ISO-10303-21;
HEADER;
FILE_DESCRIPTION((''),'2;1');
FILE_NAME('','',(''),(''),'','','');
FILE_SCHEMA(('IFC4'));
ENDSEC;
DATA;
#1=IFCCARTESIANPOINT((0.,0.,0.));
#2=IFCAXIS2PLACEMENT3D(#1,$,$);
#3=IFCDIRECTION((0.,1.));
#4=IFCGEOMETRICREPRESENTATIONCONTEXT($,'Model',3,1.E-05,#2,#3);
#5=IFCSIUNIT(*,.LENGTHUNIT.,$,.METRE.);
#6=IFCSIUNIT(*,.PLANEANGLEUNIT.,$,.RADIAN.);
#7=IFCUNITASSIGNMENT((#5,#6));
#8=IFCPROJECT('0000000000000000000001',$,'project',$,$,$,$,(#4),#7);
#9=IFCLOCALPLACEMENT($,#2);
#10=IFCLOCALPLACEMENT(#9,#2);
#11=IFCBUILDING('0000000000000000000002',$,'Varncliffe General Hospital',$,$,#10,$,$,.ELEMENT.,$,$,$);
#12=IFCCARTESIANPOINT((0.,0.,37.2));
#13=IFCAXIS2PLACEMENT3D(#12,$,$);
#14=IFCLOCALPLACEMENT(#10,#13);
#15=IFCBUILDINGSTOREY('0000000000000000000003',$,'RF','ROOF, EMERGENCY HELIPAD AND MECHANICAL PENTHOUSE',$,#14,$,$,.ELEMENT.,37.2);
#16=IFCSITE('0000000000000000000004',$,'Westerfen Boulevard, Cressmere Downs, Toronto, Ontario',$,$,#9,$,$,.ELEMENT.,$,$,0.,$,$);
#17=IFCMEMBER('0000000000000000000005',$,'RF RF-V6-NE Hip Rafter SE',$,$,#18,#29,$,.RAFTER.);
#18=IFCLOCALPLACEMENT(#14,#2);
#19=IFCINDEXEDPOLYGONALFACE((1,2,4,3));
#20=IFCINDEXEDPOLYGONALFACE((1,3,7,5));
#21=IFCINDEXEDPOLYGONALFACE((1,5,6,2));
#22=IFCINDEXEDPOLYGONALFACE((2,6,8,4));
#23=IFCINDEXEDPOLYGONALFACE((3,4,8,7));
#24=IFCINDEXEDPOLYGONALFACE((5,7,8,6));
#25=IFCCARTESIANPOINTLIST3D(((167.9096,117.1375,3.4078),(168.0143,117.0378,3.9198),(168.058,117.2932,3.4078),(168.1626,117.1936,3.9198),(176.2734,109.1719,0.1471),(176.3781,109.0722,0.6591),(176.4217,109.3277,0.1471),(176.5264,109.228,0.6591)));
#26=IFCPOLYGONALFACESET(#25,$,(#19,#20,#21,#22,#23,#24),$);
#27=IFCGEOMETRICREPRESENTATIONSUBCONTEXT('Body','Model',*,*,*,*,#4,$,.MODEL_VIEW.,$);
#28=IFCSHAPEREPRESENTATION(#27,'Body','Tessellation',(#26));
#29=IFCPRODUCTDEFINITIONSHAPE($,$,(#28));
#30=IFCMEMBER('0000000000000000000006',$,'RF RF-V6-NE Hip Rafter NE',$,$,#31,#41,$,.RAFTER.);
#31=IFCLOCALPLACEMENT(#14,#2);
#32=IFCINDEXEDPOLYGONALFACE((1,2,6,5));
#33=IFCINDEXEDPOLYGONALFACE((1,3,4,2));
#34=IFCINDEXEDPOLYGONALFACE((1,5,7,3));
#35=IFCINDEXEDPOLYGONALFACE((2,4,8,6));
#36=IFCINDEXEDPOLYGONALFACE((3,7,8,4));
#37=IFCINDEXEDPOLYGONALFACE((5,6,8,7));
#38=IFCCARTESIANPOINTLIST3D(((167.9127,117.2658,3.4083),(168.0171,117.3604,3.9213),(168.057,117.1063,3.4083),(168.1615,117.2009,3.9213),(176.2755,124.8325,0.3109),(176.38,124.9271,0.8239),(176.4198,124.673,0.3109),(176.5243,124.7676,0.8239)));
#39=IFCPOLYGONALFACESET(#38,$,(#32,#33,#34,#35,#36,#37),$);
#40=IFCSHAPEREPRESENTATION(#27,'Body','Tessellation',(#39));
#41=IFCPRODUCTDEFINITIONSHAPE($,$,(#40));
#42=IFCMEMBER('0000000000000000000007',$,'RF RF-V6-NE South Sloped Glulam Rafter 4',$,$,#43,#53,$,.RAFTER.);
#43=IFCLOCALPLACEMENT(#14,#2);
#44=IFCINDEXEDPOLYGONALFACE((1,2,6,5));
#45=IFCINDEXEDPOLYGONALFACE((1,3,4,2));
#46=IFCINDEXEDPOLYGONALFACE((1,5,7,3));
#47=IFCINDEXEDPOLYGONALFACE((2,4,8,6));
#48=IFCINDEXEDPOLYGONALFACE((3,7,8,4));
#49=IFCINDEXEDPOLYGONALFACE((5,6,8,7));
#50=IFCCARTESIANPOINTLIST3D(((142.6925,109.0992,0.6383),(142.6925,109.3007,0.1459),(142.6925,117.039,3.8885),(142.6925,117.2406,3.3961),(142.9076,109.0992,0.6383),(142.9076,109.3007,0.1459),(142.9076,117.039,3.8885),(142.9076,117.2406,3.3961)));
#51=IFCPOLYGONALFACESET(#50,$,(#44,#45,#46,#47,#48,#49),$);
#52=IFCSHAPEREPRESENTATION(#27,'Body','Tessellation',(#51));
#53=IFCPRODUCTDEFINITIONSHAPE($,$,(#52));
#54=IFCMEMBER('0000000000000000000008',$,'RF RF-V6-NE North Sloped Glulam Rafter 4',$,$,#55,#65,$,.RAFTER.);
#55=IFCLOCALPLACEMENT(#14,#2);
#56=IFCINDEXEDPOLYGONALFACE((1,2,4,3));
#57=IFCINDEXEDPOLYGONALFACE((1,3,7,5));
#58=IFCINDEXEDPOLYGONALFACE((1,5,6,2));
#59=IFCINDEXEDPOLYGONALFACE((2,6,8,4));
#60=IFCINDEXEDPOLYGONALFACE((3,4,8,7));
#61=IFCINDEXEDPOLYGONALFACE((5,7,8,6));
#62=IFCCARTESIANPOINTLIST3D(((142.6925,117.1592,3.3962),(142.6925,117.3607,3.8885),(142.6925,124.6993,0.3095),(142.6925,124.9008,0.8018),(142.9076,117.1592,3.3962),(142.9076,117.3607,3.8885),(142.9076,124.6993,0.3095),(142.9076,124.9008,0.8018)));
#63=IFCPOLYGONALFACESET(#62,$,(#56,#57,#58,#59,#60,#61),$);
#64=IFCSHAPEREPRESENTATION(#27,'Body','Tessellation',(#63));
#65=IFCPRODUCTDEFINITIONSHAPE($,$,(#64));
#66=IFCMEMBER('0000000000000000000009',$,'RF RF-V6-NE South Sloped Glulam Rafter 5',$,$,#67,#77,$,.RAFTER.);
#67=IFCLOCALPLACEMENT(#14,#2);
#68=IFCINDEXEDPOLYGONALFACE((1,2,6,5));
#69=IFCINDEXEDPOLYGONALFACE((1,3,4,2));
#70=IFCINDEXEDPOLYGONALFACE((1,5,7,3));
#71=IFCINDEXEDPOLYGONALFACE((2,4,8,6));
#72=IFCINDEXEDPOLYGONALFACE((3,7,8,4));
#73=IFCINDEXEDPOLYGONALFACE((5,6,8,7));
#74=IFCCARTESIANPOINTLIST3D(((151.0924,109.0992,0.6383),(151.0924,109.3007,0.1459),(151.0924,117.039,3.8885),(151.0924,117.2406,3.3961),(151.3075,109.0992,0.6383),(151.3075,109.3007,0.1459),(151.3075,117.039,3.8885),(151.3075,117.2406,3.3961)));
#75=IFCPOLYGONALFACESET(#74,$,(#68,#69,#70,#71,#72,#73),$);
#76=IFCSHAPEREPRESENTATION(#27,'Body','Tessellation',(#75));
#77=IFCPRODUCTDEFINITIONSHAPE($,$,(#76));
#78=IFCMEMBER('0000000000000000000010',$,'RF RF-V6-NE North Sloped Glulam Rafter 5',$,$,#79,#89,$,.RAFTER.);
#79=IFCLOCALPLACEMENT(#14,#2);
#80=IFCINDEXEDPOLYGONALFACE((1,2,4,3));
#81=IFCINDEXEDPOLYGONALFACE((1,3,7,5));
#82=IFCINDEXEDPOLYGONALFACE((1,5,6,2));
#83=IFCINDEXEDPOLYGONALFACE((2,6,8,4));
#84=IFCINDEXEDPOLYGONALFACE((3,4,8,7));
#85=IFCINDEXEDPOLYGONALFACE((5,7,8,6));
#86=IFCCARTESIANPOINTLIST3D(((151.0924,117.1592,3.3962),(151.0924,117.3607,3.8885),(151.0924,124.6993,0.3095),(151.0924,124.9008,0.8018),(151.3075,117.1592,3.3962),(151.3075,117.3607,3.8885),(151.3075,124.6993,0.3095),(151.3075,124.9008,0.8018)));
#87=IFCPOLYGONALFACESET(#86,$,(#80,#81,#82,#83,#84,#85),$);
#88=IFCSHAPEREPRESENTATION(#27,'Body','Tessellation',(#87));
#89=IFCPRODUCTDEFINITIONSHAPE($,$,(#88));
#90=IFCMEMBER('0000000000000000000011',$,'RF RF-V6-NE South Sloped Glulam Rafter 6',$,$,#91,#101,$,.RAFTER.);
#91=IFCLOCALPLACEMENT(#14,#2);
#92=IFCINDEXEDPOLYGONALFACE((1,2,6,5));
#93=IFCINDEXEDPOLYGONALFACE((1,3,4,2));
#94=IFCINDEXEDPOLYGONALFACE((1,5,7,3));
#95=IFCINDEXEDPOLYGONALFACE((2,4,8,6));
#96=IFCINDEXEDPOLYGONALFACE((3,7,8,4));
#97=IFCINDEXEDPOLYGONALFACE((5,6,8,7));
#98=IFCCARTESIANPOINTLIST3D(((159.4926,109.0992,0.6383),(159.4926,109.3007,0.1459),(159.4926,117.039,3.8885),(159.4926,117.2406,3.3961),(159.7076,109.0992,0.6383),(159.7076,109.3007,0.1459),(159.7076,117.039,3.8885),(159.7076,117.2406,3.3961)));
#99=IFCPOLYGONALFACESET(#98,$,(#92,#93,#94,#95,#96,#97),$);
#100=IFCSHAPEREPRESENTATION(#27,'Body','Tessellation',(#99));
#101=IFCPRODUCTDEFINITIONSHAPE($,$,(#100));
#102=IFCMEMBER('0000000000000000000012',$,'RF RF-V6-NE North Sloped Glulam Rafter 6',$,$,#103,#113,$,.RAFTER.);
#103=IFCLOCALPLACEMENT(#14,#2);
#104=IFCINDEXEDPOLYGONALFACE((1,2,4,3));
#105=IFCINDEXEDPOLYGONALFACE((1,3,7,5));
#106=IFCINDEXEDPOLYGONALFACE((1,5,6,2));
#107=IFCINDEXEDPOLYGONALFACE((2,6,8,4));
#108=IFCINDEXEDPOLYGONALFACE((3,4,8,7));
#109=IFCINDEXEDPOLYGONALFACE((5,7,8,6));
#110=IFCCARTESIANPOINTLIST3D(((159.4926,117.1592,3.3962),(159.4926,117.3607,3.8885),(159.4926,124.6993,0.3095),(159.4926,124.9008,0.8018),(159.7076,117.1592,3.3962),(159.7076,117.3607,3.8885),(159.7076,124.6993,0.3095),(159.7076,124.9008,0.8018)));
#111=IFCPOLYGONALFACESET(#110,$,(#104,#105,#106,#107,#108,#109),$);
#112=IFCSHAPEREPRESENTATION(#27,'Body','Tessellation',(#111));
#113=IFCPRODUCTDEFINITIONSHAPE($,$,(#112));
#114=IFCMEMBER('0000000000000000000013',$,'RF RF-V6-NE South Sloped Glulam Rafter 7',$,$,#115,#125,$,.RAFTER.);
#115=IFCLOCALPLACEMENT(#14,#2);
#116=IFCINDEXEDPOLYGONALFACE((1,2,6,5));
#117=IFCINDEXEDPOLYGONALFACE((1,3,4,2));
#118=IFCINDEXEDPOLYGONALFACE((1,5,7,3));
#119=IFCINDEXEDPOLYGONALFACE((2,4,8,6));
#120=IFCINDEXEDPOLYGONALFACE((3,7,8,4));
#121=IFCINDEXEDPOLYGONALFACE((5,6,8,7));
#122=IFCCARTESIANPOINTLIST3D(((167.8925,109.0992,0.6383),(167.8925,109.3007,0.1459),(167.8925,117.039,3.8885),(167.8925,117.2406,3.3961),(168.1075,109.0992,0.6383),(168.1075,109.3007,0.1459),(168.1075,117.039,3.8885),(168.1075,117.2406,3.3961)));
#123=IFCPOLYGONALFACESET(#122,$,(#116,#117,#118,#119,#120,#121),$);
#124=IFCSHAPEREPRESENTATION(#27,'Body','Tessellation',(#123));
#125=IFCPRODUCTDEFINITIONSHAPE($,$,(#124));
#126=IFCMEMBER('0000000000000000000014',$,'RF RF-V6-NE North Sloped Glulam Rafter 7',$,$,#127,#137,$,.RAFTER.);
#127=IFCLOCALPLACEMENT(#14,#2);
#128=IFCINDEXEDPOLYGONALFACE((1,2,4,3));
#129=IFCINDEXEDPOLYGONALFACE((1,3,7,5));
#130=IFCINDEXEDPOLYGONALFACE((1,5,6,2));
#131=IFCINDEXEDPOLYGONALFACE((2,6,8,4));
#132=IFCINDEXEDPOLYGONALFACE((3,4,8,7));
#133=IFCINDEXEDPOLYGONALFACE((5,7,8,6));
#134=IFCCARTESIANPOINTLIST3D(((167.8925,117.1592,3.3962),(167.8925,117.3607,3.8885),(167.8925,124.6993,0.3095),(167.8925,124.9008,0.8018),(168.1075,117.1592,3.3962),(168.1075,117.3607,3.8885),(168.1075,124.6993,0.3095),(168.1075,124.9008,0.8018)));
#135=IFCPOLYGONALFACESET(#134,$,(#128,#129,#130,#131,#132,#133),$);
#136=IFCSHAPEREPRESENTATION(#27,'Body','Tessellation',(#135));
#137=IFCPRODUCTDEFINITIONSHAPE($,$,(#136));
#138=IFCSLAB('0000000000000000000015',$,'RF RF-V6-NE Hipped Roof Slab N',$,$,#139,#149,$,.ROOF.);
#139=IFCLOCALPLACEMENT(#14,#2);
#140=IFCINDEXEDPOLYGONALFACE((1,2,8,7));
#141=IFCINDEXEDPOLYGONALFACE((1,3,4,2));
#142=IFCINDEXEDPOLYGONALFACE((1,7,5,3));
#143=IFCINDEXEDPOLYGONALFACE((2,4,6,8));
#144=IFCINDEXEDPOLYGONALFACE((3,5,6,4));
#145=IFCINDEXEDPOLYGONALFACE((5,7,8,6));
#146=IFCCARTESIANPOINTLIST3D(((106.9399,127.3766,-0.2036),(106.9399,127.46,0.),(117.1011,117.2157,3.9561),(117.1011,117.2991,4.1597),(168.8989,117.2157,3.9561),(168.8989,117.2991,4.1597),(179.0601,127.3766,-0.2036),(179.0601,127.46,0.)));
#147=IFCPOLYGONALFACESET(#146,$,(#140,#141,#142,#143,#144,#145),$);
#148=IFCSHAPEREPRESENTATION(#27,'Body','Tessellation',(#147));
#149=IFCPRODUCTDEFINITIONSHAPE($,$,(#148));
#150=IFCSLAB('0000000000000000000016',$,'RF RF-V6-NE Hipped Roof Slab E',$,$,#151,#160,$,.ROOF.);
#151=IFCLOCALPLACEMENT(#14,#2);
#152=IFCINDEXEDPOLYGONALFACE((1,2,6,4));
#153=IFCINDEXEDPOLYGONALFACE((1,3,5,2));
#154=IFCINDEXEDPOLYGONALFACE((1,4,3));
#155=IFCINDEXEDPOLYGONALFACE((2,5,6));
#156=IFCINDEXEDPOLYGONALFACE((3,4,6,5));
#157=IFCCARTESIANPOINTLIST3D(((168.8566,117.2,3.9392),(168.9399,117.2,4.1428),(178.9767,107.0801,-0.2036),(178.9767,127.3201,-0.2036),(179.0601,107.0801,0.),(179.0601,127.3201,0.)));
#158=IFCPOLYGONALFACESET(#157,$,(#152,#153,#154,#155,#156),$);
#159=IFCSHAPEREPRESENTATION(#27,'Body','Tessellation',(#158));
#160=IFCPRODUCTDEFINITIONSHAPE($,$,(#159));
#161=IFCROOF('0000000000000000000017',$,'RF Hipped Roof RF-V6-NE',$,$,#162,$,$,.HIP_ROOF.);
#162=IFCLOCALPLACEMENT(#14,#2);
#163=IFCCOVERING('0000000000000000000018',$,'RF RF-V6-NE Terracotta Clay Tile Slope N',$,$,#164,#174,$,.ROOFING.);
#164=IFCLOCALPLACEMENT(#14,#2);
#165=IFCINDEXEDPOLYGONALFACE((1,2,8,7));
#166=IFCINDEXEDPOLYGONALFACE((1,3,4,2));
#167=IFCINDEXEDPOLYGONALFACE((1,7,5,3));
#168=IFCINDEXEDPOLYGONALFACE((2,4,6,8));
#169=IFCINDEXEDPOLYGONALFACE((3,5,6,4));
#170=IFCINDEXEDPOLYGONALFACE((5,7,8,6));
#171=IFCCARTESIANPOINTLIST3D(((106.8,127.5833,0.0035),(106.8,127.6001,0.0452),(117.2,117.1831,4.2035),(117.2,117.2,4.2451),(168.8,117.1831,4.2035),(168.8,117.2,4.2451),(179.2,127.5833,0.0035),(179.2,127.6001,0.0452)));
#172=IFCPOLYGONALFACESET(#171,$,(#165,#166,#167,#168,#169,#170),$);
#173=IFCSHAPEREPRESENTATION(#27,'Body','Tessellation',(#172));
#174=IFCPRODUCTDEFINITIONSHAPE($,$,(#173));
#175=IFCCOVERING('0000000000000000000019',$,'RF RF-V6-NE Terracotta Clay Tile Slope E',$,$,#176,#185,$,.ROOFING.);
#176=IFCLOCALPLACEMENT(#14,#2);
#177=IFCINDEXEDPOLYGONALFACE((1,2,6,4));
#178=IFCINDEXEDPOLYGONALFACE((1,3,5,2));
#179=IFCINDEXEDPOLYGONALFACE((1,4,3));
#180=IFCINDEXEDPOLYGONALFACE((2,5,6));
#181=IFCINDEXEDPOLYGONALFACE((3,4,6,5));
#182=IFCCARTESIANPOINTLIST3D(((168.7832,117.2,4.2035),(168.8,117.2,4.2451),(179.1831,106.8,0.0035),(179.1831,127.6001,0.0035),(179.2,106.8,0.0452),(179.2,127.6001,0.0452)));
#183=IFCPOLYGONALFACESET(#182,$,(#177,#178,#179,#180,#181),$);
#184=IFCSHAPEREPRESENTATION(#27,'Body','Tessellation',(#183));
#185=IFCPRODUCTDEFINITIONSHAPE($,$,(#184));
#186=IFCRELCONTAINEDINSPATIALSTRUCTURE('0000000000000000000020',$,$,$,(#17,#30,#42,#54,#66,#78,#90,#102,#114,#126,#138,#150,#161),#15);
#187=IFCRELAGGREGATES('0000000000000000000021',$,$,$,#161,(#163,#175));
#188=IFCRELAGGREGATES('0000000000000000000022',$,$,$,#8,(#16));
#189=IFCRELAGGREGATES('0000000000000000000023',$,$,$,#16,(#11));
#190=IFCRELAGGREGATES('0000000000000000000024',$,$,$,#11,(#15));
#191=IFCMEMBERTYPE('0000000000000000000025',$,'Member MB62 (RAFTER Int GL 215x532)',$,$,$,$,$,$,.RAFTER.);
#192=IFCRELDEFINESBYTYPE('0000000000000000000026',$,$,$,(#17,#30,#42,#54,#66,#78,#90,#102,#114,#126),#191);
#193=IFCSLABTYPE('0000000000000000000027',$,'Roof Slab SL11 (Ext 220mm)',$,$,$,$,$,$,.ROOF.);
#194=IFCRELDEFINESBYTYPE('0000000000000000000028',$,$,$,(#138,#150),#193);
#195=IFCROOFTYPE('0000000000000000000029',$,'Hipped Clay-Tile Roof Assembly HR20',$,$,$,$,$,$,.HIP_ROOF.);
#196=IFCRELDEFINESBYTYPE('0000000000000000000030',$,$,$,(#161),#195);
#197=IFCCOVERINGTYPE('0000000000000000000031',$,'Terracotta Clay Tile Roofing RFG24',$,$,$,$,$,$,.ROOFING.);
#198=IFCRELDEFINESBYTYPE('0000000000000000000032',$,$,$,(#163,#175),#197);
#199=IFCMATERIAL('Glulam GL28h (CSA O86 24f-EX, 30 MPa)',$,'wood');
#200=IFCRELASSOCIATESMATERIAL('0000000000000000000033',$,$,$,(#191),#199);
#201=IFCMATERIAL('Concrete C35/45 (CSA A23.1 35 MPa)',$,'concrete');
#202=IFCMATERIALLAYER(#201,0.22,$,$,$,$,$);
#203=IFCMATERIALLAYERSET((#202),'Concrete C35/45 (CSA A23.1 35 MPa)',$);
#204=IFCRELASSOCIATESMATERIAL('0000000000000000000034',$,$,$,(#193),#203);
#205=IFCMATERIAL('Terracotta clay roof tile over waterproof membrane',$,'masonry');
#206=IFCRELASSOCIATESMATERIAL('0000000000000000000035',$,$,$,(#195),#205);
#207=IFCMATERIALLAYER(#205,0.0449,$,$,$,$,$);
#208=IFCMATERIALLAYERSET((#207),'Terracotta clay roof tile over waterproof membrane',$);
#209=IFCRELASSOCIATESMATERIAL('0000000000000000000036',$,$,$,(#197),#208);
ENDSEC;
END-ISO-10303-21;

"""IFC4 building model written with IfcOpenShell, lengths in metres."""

from ifc_helpers import new_model, si_unit, direction, frame, origin, origin_2d, place, context, subcontext, project, spatial, polyline, rectangle, outline, extrude, material, layer, layer_set, material_profile, profile_set, type_object, element, aggregate, save


model = new_model("IFC4")

# Units and contexts
model_context = context("Model", 3, precision=1e-05, world=origin(), true_north=direction((0.0, 1.0)))
body_context = subcontext(model_context, "Body", "Model", "MODEL_VIEW")
ifc_project = project(units=[si_unit("LENGTHUNIT", "METRE"), si_unit("PLANEANGLEUNIT", "RADIAN")], contexts=[model_context])

# Site, building, storey
site_placement = place(None, origin())
site = spatial("IfcSite", under=ifc_project, at=site_placement, Name="Westerfen Boulevard, Cressmere Downs, Toronto, Ontario", CompositionType="ELEMENT", RefElevation=0.0)
building_placement = place(site_placement, origin())
building = spatial("IfcBuilding", under=site, at=building_placement, Name="Varncliffe General Hospital", CompositionType="ELEMENT")
storey_placement = place(building_placement, frame((0.0, 0.0, 37.2)))
storey = spatial("IfcBuildingStorey", under=building, at=storey_placement, Name="RF", Description="ROOF, EMERGENCY HELIPAD AND MECHANICAL PENTHOUSE", CompositionType="ELEMENT", Elevation=37.2)

# Shared definitions
ifc_material_1 = material(Name="Glulam GL28h (CSA O86 24f-EX, 30 MPa)", Category="wood")

# Members
ifc_material_profile_1 = material_profile(ifc_material_1, rectangle(XDim=0.2151, YDim=0.532, at=origin_2d()), Name="GL 215x532")
ifc_profile_set_1 = profile_set([ifc_material_profile_1], Name="Glulam GL28h (CSA O86 24f-EX, 30 MPa)")
member_type_1 = type_object("IfcMemberType", Name="Member MB62 (RAFTER Int GL 215x532)", PredefinedType="RAFTER", material=ifc_profile_set_1)
member_1_placement = place(storey_placement, frame((176.3999, 109.2, 0.4031), z_axis=(-0.696895, 0.663716, 0.271695), x_axis=(-0.689659, -0.724134, 0.0)))
element("IfcMember", 1, at=member_1_placement, inside=storey, type_object=member_type_1, Name="RF RF-V6-NE Hip Rafter SE", PredefinedType="RAFTER", context=body_context, shape_type="SweptSolid", body=[
    extrude(rectangle(XDim=0.2151, YDim=0.532, at=origin_2d()), origin(), (0.0, 0.0, 1.0), 12.0015),
])
member_2_placement = place(storey_placement, frame((176.3999, 124.8, 0.5674), z_axis=(-0.715044, -0.646972, 0.264838), x_axis=(0.670929, -0.741522, 0.0)))
element("IfcMember", 2, at=member_2_placement, inside=storey, type_object=member_type_1, Name="RF RF-V6-NE Hip Rafter NE", PredefinedType="RAFTER", context=body_context, shape_type="SweptSolid", body=[
    extrude(rectangle(XDim=0.2151, YDim=0.532, at=origin_2d()), origin(), (0.0, 0.0, 1.0), 11.6956),
])
member_3_placement = place(storey_placement, frame((142.8, 109.2, 0.3921), z_axis=(0.0, 0.925462, 0.378841), x_axis=(-1.0, 0.0, 0.0)))
element("IfcMember", 3, at=member_3_placement, inside=storey, type_object=member_type_1, Name="RF RF-V6-NE South Sloped Glulam Rafter 4", PredefinedType="RAFTER", context=body_context, shape_type="SweptSolid", body=[
    extrude(rectangle(XDim=0.2151, YDim=0.532, at=origin_2d()), origin(), (0.0, 0.0, 1.0), 8.5793),
])
member_4_placement = place(storey_placement, frame((142.8, 124.8, 0.5557), z_axis=(0.0, -0.925456, 0.378855), x_axis=(1.0, 0.0, 0.0)))
element("IfcMember", 4, at=member_4_placement, inside=storey, type_object=member_type_1, Name="RF RF-V6-NE North Sloped Glulam Rafter 4", PredefinedType="RAFTER", context=body_context, shape_type="SweptSolid", body=[
    extrude(rectangle(XDim=0.2151, YDim=0.532, at=origin_2d()), origin(), (0.0, 0.0, 1.0), 8.1475),
])
member_5_placement = place(storey_placement, frame((151.2, 109.2, 0.3921), z_axis=(0.0, 0.925462, 0.378841), x_axis=(-1.0, 0.0, 0.0)))
element("IfcMember", 5, at=member_5_placement, inside=storey, type_object=member_type_1, Name="RF RF-V6-NE South Sloped Glulam Rafter 5", PredefinedType="RAFTER", context=body_context, shape_type="SweptSolid", body=[
    extrude(rectangle(XDim=0.2151, YDim=0.532, at=origin_2d()), origin(), (0.0, 0.0, 1.0), 8.5793),
])
member_6_placement = place(storey_placement, frame((151.2, 124.8, 0.5557), z_axis=(0.0, -0.925456, 0.378855), x_axis=(1.0, 0.0, 0.0)))
element("IfcMember", 6, at=member_6_placement, inside=storey, type_object=member_type_1, Name="RF RF-V6-NE North Sloped Glulam Rafter 5", PredefinedType="RAFTER", context=body_context, shape_type="SweptSolid", body=[
    extrude(rectangle(XDim=0.2151, YDim=0.532, at=origin_2d()), origin(), (0.0, 0.0, 1.0), 8.1475),
])
member_7_placement = place(storey_placement, frame((159.6001, 109.2, 0.3921), z_axis=(0.0, 0.925462, 0.378841), x_axis=(-1.0, 0.0, 0.0)))
element("IfcMember", 7, at=member_7_placement, inside=storey, type_object=member_type_1, Name="RF RF-V6-NE South Sloped Glulam Rafter 6", PredefinedType="RAFTER", context=body_context, shape_type="SweptSolid", body=[
    extrude(rectangle(XDim=0.2151, YDim=0.532, at=origin_2d()), origin(), (0.0, 0.0, 1.0), 8.5793),
])
member_8_placement = place(storey_placement, frame((159.6001, 124.8, 0.5557), z_axis=(0.0, -0.925456, 0.378855), x_axis=(1.0, 0.0, 0.0)))
element("IfcMember", 8, at=member_8_placement, inside=storey, type_object=member_type_1, Name="RF RF-V6-NE North Sloped Glulam Rafter 6", PredefinedType="RAFTER", context=body_context, shape_type="SweptSolid", body=[
    extrude(rectangle(XDim=0.2151, YDim=0.532, at=origin_2d()), origin(), (0.0, 0.0, 1.0), 8.1475),
])
member_9_placement = place(storey_placement, frame((168.0, 109.2, 0.3921), z_axis=(0.0, 0.925462, 0.378841), x_axis=(-1.0, 0.0, 0.0)))
element("IfcMember", 9, at=member_9_placement, inside=storey, type_object=member_type_1, Name="RF RF-V6-NE South Sloped Glulam Rafter 7", PredefinedType="RAFTER", context=body_context, shape_type="SweptSolid", body=[
    extrude(rectangle(XDim=0.2151, YDim=0.532, at=origin_2d()), origin(), (0.0, 0.0, 1.0), 8.5793),
])
member_10_placement = place(storey_placement, frame((168.0, 124.8, 0.5557), z_axis=(0.0, -0.925456, 0.378855), x_axis=(1.0, 0.0, 0.0)))
element("IfcMember", 10, at=member_10_placement, inside=storey, type_object=member_type_1, Name="RF RF-V6-NE North Sloped Glulam Rafter 7", PredefinedType="RAFTER", context=body_context, shape_type="SweptSolid", body=[
    extrude(rectangle(XDim=0.2151, YDim=0.532, at=origin_2d()), origin(), (0.0, 0.0, 1.0), 8.1475),
])

# Slabs
ifc_material_2 = material(Name="Concrete C35/45 (CSA A23.1 35 MPa)", Category="concrete")
ifc_layer_1 = layer(ifc_material_2, 0.22)
ifc_layer_set_1 = layer_set([ifc_layer_1], Name="Concrete C35/45 (CSA A23.1 35 MPa)")
slab_type = type_object("IfcSlabType", Name="Roof Slab SL11 (Ext 220mm)", PredefinedType="ROOF", material=ifc_layer_set_1)
slab_1_placement = place(storey_placement, frame((179.0601, 127.46, 0.0), z_axis=(0.0, 0.378862, 0.925453), x_axis=(-1.0, 0.0, 0.0)))
element("IfcSlab", 11, at=slab_1_placement, inside=storey, type_object=slab_type, Name="RF RF-V6-NE Hipped Roof Slab N", PredefinedType="ROOF", context=body_context, shape_type="SweptSolid", body=[
    extrude(outline(polyline([(0.0, 0.0), (72.1201, 0.0), (61.959, 10.9794), (10.1611, 10.9794), (0.0, 0.0)])), origin(), (0.0, 0.0, -1.0), 0.22),
])
slab_2_placement = place(storey_placement, frame((179.0601, 107.0801, 0.0), z_axis=(0.37885, 0.0, 0.925458), x_axis=(0.0, 1.0, 0.0)))
element("IfcSlab", 12, at=slab_2_placement, inside=storey, type_object=slab_type, Name="RF RF-V6-NE Hipped Roof Slab E", PredefinedType="ROOF", context=body_context, shape_type="SweptSolid", body=[
    extrude(outline(polyline([(0.0, 0.0), (20.24, 0.0), (10.1199, 10.9353), (0.0, 0.0)])), origin(), (0.0, 0.0, -1.0), 0.22),
])

# Roof, coverings
ifc_material_3 = material(Name="Terracotta clay roof tile over waterproof membrane", Category="masonry")
roof_type = type_object("IfcRoofType", Name="Hipped Clay-Tile Roof Assembly HR20", PredefinedType="HIP_ROOF", material=ifc_material_3)
roof_placement = place(storey_placement, origin())
roof = element("IfcRoof", 13, at=roof_placement, inside=storey, type_object=roof_type, Name="RF Hipped Roof RF-V6-NE", PredefinedType="HIP_ROOF")
ifc_layer_2 = layer(ifc_material_3, 0.0449)
ifc_layer_set_2 = layer_set([ifc_layer_2], Name="Terracotta clay roof tile over waterproof membrane")
covering_type = type_object("IfcCoveringType", Name="Terracotta Clay Tile Roofing RFG24", PredefinedType="ROOFING", material=ifc_layer_set_2)
covering_1_placement = place(storey_placement, frame((179.2, 127.6001, 0.0452), z_axis=(0.0, 0.374455, 0.927245), x_axis=(-1.0, 0.0, 0.0)))
covering_1 = element("IfcCovering", 14, at=covering_1_placement, type_object=covering_type, Name="RF RF-V6-NE Terracotta Clay Tile Slope N", PredefinedType="ROOFING", context=body_context, shape_type="SweptSolid", body=[
    extrude(outline(polyline([(0.0, 0.0), (72.3999, 0.0), (62.0, 11.2162), (10.3999, 11.2162), (0.0, 0.0)])), origin(), (0.0, 0.0, -1.0), 0.0449),
])
covering_2_placement = place(storey_placement, frame((179.2, 106.8, 0.0452), z_axis=(0.374462, 0.0, 0.927242), x_axis=(0.0, 1.0, 0.0)))
covering_2 = element("IfcCovering", 15, at=covering_2_placement, type_object=covering_type, Name="RF RF-V6-NE Terracotta Clay Tile Slope E", PredefinedType="ROOFING", context=body_context, shape_type="SweptSolid", body=[
    extrude(outline(polyline([(0.0, 0.0), (20.8, 0.0), (10.3999, 11.216), (0.0, 0.0)])), origin(), (0.0, 0.0, -1.0), 0.0449),
])
aggregate(roof, [covering_1, covering_2])

save(model, "model.ifc")
